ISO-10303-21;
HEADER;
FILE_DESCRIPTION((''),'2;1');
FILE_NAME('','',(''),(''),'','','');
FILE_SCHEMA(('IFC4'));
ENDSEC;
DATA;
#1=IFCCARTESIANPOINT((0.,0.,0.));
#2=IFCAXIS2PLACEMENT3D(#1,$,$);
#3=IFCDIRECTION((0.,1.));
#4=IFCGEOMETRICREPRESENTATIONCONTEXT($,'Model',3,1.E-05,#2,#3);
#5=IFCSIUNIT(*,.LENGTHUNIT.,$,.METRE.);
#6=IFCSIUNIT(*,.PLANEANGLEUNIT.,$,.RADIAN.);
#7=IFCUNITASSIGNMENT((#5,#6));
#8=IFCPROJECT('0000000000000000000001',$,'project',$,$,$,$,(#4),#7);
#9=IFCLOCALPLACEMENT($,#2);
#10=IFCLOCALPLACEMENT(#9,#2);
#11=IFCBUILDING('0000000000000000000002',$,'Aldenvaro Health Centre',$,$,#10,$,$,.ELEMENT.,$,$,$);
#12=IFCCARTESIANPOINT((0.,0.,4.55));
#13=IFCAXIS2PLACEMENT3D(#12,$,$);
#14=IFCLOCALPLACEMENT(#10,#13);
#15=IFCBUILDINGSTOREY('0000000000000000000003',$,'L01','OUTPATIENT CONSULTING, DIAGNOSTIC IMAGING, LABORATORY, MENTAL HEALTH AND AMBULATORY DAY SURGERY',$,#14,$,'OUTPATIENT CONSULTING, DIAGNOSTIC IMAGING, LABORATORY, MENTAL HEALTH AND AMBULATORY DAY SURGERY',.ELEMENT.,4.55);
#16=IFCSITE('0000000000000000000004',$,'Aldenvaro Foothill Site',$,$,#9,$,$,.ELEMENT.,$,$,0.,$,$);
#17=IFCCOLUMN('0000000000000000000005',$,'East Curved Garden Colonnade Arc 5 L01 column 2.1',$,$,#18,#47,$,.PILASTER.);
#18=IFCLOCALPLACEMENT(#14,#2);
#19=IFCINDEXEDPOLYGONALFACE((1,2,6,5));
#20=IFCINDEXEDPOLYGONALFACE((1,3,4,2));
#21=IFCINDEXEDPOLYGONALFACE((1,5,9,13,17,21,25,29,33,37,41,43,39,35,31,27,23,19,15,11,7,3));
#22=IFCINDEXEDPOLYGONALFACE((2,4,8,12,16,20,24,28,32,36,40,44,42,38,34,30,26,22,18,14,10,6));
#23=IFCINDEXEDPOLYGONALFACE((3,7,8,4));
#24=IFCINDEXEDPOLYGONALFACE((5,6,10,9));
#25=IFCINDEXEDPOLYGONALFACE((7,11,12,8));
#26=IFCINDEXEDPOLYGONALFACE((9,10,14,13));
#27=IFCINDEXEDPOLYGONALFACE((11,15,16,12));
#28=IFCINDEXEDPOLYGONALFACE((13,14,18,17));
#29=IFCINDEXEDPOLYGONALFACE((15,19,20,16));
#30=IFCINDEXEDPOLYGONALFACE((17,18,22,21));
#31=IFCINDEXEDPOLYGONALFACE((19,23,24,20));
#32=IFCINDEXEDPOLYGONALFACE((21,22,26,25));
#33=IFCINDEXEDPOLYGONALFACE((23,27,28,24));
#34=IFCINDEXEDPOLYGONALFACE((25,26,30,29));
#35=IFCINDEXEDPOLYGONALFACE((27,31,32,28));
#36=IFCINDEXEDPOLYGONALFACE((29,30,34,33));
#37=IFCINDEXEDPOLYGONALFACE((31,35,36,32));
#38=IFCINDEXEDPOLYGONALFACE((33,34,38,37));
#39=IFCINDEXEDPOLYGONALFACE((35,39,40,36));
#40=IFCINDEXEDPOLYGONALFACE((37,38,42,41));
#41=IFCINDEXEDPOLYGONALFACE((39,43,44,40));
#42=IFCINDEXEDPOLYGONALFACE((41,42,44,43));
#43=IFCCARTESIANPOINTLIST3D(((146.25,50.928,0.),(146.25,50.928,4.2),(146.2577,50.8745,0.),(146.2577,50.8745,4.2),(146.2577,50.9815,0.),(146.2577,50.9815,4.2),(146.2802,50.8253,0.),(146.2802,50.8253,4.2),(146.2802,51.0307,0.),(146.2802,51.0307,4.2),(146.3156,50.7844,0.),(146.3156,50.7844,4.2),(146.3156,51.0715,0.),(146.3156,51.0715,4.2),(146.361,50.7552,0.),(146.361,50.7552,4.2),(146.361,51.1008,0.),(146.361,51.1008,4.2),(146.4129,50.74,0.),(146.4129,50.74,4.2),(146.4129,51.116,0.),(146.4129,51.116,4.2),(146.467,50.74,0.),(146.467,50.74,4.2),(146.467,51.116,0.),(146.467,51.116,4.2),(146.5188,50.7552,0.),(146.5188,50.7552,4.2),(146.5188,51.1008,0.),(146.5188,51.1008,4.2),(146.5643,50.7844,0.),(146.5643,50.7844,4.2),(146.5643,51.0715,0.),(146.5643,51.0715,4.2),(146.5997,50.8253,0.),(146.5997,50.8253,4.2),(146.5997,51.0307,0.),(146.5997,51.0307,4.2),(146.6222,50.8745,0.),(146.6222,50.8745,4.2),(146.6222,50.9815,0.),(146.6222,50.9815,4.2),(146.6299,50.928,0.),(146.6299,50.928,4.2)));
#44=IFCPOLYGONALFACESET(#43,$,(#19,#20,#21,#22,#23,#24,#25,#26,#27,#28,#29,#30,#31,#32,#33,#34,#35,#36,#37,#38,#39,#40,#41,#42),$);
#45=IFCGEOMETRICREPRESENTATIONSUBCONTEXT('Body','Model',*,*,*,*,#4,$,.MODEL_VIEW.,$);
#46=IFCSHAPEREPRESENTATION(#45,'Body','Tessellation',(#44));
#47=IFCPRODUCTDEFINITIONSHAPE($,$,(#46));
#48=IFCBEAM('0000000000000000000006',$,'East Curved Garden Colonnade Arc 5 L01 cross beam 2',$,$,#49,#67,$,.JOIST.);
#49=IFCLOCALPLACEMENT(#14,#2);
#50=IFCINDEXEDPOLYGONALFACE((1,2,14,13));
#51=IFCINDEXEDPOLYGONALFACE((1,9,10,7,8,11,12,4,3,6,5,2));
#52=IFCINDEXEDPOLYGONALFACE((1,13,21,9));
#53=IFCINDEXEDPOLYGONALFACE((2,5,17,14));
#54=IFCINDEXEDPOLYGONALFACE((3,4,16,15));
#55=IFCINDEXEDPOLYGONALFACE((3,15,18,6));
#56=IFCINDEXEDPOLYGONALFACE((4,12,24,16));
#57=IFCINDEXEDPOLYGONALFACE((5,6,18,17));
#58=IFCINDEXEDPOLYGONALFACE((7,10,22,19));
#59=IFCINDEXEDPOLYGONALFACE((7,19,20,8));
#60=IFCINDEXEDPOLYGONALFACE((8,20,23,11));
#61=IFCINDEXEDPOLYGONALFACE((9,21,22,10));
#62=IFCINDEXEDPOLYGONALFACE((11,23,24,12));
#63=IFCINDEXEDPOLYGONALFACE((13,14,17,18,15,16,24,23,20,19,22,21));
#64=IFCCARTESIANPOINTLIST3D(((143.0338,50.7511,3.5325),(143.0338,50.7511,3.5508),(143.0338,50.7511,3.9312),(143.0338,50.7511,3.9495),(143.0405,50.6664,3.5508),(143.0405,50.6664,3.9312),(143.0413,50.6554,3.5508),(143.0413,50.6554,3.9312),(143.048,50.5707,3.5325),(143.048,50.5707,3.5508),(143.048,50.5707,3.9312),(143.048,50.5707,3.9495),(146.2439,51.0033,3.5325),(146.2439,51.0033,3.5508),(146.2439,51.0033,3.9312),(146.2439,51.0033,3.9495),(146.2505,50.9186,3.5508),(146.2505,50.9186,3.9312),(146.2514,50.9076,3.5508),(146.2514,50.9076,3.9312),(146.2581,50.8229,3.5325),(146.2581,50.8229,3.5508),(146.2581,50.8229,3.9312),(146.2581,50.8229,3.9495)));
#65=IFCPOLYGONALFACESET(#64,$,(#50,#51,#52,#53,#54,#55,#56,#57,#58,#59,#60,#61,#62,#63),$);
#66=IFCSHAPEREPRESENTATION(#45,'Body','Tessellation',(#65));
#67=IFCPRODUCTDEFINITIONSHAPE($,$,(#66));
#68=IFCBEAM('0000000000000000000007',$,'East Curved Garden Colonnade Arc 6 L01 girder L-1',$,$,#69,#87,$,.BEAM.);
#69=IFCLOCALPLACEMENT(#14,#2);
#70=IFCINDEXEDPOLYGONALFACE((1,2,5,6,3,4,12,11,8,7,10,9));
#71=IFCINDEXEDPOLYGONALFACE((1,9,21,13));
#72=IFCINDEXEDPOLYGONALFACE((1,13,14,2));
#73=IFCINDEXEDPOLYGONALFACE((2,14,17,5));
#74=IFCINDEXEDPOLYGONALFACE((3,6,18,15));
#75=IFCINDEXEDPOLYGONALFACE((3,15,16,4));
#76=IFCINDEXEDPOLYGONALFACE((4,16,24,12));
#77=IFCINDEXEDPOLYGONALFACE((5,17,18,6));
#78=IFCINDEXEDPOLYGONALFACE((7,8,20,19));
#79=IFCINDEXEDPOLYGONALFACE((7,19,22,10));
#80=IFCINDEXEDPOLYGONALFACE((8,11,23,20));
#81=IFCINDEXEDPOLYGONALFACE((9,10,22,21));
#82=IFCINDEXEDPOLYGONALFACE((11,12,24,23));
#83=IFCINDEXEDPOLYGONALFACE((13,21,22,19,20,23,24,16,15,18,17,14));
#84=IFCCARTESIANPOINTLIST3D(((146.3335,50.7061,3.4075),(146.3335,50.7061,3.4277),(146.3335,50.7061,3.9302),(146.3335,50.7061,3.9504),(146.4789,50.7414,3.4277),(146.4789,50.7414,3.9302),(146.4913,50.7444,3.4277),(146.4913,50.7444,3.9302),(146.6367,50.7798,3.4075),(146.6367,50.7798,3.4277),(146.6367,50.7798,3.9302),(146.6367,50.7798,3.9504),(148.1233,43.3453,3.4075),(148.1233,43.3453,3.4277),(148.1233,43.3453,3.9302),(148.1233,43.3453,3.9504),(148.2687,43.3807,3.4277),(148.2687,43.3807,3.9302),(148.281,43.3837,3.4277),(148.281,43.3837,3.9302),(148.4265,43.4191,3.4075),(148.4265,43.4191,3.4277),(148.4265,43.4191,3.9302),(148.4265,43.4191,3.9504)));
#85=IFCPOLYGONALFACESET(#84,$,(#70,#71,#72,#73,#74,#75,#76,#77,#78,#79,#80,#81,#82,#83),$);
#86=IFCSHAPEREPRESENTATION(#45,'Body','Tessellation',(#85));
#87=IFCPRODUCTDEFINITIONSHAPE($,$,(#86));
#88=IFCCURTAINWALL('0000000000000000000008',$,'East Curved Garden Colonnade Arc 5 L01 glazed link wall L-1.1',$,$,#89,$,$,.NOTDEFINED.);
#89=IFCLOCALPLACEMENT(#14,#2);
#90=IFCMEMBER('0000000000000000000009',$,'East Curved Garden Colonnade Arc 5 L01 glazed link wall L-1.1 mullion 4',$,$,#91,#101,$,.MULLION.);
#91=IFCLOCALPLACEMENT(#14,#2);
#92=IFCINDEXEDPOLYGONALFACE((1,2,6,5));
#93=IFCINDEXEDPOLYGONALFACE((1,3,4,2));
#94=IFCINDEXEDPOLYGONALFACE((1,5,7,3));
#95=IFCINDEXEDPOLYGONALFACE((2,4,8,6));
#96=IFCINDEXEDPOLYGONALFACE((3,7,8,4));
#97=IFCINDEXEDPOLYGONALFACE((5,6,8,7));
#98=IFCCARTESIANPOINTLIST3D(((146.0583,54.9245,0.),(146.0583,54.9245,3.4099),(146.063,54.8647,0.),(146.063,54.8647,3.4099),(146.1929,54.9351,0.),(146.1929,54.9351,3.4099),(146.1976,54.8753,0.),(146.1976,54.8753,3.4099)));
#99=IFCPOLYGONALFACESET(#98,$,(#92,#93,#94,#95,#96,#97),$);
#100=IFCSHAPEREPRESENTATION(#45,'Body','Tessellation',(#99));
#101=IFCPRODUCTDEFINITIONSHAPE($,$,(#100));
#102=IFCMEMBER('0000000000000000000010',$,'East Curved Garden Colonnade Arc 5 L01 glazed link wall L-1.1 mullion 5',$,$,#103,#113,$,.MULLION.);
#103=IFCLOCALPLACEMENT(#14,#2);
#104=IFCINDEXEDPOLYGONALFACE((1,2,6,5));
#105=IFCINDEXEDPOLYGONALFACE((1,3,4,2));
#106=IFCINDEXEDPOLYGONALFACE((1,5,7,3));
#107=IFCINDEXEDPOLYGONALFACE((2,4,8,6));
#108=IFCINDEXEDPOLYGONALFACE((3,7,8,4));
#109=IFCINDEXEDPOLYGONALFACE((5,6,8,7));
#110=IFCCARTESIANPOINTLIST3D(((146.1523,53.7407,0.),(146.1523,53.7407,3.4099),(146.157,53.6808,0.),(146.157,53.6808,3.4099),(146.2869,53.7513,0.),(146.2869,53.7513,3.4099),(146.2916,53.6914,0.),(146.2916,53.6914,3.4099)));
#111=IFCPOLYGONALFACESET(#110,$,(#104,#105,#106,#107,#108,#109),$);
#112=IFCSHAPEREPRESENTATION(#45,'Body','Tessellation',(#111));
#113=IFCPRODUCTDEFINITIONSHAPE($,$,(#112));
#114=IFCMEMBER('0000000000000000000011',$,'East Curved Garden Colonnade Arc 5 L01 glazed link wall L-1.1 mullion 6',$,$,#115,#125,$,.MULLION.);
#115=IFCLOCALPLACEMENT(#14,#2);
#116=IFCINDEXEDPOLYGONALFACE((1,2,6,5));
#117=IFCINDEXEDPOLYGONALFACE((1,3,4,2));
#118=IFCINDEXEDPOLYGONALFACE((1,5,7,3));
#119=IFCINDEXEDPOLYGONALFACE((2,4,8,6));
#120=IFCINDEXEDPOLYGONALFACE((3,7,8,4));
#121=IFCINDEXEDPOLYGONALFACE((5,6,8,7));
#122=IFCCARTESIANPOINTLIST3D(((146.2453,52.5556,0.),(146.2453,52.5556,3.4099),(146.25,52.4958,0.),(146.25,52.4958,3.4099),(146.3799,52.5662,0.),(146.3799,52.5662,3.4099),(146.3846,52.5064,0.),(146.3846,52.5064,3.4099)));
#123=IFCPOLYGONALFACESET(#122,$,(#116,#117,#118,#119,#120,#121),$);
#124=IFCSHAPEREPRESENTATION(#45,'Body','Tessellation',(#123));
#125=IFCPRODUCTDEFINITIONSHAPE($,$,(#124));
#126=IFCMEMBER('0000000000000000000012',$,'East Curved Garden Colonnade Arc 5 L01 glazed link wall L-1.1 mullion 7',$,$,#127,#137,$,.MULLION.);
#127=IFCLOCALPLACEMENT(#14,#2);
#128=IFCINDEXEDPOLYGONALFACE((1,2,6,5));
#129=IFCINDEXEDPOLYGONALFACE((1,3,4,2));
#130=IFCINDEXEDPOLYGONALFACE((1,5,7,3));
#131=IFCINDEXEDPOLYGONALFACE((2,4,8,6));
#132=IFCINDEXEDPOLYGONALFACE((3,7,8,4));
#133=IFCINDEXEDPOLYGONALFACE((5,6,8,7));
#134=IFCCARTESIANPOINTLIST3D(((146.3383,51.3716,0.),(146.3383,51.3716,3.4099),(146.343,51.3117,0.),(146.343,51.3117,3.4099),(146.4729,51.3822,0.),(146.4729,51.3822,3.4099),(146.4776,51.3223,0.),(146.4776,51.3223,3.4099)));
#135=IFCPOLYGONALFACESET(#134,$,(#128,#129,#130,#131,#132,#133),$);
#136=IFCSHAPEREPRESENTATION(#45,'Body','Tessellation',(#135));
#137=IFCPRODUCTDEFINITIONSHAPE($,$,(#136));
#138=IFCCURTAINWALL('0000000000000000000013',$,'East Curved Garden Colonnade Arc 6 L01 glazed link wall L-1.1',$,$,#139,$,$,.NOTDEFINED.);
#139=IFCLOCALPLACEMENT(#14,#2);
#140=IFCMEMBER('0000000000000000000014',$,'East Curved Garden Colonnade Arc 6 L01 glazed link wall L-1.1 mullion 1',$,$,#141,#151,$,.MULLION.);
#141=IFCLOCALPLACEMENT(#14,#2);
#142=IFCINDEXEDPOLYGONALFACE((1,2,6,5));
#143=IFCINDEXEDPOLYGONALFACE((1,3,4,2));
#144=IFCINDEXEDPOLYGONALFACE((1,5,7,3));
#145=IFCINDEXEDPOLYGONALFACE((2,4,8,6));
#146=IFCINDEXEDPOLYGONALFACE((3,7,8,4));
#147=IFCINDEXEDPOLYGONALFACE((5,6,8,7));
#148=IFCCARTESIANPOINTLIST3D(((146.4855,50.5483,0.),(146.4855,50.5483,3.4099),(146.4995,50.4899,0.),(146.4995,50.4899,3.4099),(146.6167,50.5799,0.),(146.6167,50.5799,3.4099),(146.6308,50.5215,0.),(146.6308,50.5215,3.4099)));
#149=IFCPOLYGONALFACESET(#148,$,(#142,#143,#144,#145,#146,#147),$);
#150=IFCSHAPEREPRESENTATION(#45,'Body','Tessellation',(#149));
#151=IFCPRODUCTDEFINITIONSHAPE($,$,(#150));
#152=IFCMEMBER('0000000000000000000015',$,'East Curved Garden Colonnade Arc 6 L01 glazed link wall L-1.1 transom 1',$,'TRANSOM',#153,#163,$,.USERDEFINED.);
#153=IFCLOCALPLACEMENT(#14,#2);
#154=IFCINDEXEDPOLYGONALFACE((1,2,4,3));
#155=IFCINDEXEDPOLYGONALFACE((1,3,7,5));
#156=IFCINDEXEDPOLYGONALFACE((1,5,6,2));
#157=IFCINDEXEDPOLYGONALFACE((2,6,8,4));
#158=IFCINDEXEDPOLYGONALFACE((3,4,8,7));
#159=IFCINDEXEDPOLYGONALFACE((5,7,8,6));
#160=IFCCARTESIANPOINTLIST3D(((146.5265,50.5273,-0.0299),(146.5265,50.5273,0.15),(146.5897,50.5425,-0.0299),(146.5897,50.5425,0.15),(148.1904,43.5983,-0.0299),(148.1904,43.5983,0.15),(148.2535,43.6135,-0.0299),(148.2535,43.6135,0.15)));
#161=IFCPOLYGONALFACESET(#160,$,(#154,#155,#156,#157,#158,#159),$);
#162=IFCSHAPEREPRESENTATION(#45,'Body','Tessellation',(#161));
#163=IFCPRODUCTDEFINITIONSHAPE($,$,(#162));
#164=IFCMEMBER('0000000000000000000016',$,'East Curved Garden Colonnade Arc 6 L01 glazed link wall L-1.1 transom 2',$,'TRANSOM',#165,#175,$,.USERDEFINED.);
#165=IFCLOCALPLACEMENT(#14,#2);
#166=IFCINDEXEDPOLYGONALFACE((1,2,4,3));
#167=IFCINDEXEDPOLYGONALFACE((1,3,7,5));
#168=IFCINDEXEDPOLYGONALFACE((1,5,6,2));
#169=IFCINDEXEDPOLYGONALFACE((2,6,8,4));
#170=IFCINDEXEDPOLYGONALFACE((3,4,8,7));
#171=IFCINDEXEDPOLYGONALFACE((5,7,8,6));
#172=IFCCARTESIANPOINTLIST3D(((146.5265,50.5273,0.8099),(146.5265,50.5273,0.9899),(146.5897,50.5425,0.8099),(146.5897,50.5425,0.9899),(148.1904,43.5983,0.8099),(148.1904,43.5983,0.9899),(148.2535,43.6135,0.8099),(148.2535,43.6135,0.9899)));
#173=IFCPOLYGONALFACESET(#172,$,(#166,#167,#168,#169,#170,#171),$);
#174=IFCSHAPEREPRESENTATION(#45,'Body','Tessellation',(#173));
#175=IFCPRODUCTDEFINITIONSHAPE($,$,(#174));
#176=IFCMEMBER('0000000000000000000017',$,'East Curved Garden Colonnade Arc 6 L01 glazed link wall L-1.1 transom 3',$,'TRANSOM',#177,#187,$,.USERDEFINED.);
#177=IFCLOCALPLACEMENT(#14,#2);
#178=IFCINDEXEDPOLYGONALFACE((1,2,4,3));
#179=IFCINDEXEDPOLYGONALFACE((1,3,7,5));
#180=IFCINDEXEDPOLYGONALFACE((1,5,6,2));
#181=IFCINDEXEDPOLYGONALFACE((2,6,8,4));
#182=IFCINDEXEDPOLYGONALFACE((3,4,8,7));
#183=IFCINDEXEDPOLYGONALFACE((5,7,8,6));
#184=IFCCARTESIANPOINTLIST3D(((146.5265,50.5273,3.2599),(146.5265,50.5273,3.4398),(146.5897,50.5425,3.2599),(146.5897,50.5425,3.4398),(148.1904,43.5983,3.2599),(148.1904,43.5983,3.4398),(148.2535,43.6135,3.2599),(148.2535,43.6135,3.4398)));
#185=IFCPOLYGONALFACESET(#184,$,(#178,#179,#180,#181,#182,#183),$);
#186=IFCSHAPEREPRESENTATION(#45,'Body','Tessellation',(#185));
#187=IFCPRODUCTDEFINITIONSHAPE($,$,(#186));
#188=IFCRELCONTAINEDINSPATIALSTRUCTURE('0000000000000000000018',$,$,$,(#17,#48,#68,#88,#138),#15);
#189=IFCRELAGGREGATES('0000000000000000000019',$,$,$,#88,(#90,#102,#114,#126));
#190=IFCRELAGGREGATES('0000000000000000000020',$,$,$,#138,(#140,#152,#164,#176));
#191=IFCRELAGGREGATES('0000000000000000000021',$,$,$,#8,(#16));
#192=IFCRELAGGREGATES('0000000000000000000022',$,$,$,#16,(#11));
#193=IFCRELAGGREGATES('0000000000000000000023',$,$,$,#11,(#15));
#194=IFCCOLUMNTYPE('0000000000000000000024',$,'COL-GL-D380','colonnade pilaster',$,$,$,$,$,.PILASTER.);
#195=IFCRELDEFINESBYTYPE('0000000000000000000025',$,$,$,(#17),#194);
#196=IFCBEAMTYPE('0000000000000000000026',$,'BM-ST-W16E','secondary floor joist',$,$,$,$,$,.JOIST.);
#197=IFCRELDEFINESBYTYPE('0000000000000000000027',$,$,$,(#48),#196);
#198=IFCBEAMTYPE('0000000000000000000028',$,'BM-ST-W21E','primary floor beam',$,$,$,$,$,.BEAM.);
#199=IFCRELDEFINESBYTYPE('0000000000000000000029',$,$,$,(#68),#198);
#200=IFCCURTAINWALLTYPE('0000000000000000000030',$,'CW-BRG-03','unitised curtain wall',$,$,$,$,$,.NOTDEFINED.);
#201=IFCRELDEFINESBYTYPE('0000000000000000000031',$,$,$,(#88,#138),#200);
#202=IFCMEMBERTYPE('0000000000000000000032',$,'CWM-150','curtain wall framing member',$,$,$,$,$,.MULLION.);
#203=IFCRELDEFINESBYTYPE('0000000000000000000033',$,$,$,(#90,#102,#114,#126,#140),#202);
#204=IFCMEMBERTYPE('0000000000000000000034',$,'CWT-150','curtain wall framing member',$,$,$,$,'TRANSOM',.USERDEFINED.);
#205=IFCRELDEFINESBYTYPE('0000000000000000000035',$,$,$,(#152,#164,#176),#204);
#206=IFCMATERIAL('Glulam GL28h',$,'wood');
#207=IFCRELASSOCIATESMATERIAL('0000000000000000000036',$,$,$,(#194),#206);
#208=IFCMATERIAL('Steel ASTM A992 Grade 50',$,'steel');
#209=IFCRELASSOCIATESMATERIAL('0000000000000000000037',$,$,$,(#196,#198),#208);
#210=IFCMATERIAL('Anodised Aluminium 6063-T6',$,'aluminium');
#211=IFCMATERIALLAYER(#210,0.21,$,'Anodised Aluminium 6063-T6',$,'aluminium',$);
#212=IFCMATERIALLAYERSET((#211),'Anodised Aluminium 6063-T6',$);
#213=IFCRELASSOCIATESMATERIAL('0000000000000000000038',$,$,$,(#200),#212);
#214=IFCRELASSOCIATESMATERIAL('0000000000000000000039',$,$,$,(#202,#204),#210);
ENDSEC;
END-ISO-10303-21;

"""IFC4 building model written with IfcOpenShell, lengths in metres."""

from ifc_helpers import new_model, si_unit, direction, frame, origin, origin_2d, place, context, subcontext, project, spatial, rectangle, circle, i_section, extrude, material, layer, layer_set, material_profile, profile_set, type_object, element, aggregate, save


model = new_model("IFC4")

# Units and contexts
model_context = context("Model", 3, precision=1e-05, world=origin(), true_north=direction((0.0, 1.0)))
body_context = subcontext(model_context, "Body", "Model", "MODEL_VIEW")
ifc_project = project(units=[si_unit("LENGTHUNIT", "METRE"), si_unit("PLANEANGLEUNIT", "RADIAN")], contexts=[model_context])

# Site, building, storey
site_placement = place(None, origin())
site = spatial("IfcSite", under=ifc_project, at=site_placement, Name="Aldenvaro Foothill Site", CompositionType="ELEMENT", RefElevation=0.0)
building_placement = place(site_placement, origin())
building = spatial("IfcBuilding", under=site, at=building_placement, Name="Aldenvaro Health Centre", CompositionType="ELEMENT")
storey_placement = place(building_placement, frame((0.0, 0.0, 4.55)))
storey = spatial("IfcBuildingStorey", under=building, at=storey_placement, Name="L01", Description="OUTPATIENT CONSULTING, DIAGNOSTIC IMAGING, LABORATORY, MENTAL HEALTH AND AMBULATORY DAY SURGERY", LongName="OUTPATIENT CONSULTING, DIAGNOSTIC IMAGING, LABORATORY, MENTAL HEALTH AND AMBULATORY DAY SURGERY", CompositionType="ELEMENT", Elevation=4.55)

# Column
ifc_material_1 = material(Name="Glulam GL28h", Category="wood")
ifc_material_profile_1 = material_profile(ifc_material_1, circle(Radius=0.1899, at=origin_2d()), Name="GL D380", Category="wood")
ifc_profile_set_1 = profile_set([ifc_material_profile_1], Name="Glulam GL28h")
column_type = type_object("IfcColumnType", Name="COL-GL-D380", Description="colonnade pilaster", PredefinedType="PILASTER", material=ifc_profile_set_1)
column_placement = place(storey_placement, frame((146.4399, 50.928, 0.0), z_axis=(0.0, 0.0, 1.0), x_axis=(1.0, 0.0, 0.0)))
element("IfcColumn", 1, at=column_placement, inside=storey, type_object=column_type, Name="East Curved Garden Colonnade Arc 5 L01 column 2.1", PredefinedType="PILASTER", context=body_context, shape_type="SweptSolid", body=[
    extrude(circle(Radius=0.1899, at=origin_2d()), origin(), (0.0, 0.0, 1.0), 4.2),
])

# Beams
ifc_material_2 = material(Name="Steel ASTM A992 Grade 50", Category="steel")
ifc_material_profile_2 = material_profile(ifc_material_2, i_section(OverallWidth=0.1809, OverallDepth=0.417, WebThickness=0.011, FlangeThickness=0.0183, at=origin_2d()), Name="W16X57", Category="steel")
ifc_profile_set_2 = profile_set([ifc_material_profile_2], Name="Steel ASTM A992 Grade 50")
beam_type_1 = type_object("IfcBeamType", Name="BM-ST-W16E", Description="secondary floor joist", PredefinedType="JOIST", material=ifc_profile_set_2)
beam_1_placement = place(storey_placement, frame((146.251, 50.9131, 3.741), z_axis=(-0.996928, -0.078326, 0.0), x_axis=(0.078326, -0.996928, 0.0)))
element("IfcBeam", 2, at=beam_1_placement, inside=storey, type_object=beam_type_1, Name="East Curved Garden Colonnade Arc 5 L01 cross beam 2", PredefinedType="JOIST", context=body_context, shape_type="SweptSolid", body=[
    extrude(i_section(OverallWidth=0.1809, OverallDepth=0.417, WebThickness=0.011, FlangeThickness=0.0183, at=origin_2d()), origin(), (0.0, 0.0, 1.0), 3.22),
])
ifc_material_profile_3 = material_profile(ifc_material_2, i_section(OverallWidth=0.312, OverallDepth=0.543, WebThickness=0.0127, FlangeThickness=0.0203, at=origin_2d()), Name="W21X101", Category="steel")
ifc_profile_set_3 = profile_set([ifc_material_profile_3], Name="Steel ASTM A992 Grade 50")
beam_type_2 = type_object("IfcBeamType", Name="BM-ST-W21E", Description="primary floor beam", PredefinedType="BEAM", material=ifc_profile_set_3)
beam_2_placement = place(storey_placement, frame((146.4851, 50.7429, 3.679), z_axis=(0.236267, -0.971688, 0.0), x_axis=(0.971688, 0.236267, 0.0)))
element("IfcBeam", 3, at=beam_2_placement, inside=storey, type_object=beam_type_2, Name="East Curved Garden Colonnade Arc 6 L01 girder L-1", PredefinedType="BEAM", context=body_context, shape_type="SweptSolid", body=[
    extrude(i_section(OverallWidth=0.312, OverallDepth=0.543, WebThickness=0.0127, FlangeThickness=0.0203, at=origin_2d()), origin(), (0.0, 0.0, 1.0), 7.5752),
])

# Curtain walls, members
ifc_material_3 = material(Name="Anodised Aluminium 6063-T6", Category="aluminium")
ifc_layer_1 = layer(ifc_material_3, 0.21, Name="Anodised Aluminium 6063-T6", Category="aluminium")
ifc_layer_set_1 = layer_set([ifc_layer_1], Name="Anodised Aluminium 6063-T6")
curtain_wall_type = type_object("IfcCurtainWallType", Name="CW-BRG-03", Description="unitised curtain wall", PredefinedType="NOTDEFINED", material=ifc_layer_set_1)
curtain_wall_1_placement = place(storey_placement, origin())
curtain_wall_1 = element("IfcCurtainWall", 4, at=curtain_wall_1_placement, inside=storey, type_object=curtain_wall_type, Name="East Curved Garden Colonnade Arc 5 L01 glazed link wall L-1.1", PredefinedType="NOTDEFINED")
ifc_material_profile_4 = material_profile(ifc_material_3, rectangle(XDim=0.0601, YDim=0.135, at=origin_2d()), Name="ALU 60x135", Category="aluminium")
ifc_profile_set_4 = profile_set([ifc_material_profile_4], Name="Anodised Aluminium 6063-T6")
member_type_1 = type_object("IfcMemberType", Name="CWM-150", Description="curtain wall framing member", PredefinedType="MULLION", material=ifc_profile_set_4)
member_1_placement = place(storey_placement, frame((146.1279, 54.8999, 0.0), z_axis=(0.0, 0.0, 1.0), x_axis=(0.078424, -0.99692, 0.0)))
member_1 = element("IfcMember", 5, at=member_1_placement, type_object=member_type_1, Name="East Curved Garden Colonnade Arc 5 L01 glazed link wall L-1.1 mullion 4", PredefinedType="MULLION", context=body_context, shape_type="SweptSolid", body=[
    extrude(rectangle(XDim=0.0601, YDim=0.135, at=origin_2d()), origin(), (0.0, 0.0, 1.0), 3.4099),
])
member_2_placement = place(storey_placement, frame((146.2219, 53.7161, 0.0), z_axis=(0.0, 0.0, 1.0), x_axis=(0.078424, -0.99692, 0.0)))
member_2 = element("IfcMember", 6, at=member_2_placement, type_object=member_type_1, Name="East Curved Garden Colonnade Arc 5 L01 glazed link wall L-1.1 mullion 5", PredefinedType="MULLION", context=body_context, shape_type="SweptSolid", body=[
    extrude(rectangle(XDim=0.0601, YDim=0.135, at=origin_2d()), origin(), (0.0, 0.0, 1.0), 3.4099),
])
member_3_placement = place(storey_placement, frame((146.3149, 52.531, 0.0), z_axis=(0.0, 0.0, 1.0), x_axis=(0.078424, -0.99692, 0.0)))
member_3 = element("IfcMember", 7, at=member_3_placement, type_object=member_type_1, Name="East Curved Garden Colonnade Arc 5 L01 glazed link wall L-1.1 mullion 6", PredefinedType="MULLION", context=body_context, shape_type="SweptSolid", body=[
    extrude(rectangle(XDim=0.0601, YDim=0.135, at=origin_2d()), origin(), (0.0, 0.0, 1.0), 3.4099),
])
member_4_placement = place(storey_placement, frame((146.408, 51.3469, 0.0), z_axis=(0.0, 0.0, 1.0), x_axis=(0.078424, -0.99692, 0.0)))
member_4 = element("IfcMember", 8, at=member_4_placement, type_object=member_type_1, Name="East Curved Garden Colonnade Arc 5 L01 glazed link wall L-1.1 mullion 7", PredefinedType="MULLION", context=body_context, shape_type="SweptSolid", body=[
    extrude(rectangle(XDim=0.0601, YDim=0.135, at=origin_2d()), origin(), (0.0, 0.0, 1.0), 3.4099),
])
curtain_wall_2_placement = place(storey_placement, origin())
curtain_wall_2 = element("IfcCurtainWall", 9, at=curtain_wall_2_placement, inside=storey, type_object=curtain_wall_type, Name="East Curved Garden Colonnade Arc 6 L01 glazed link wall L-1.1", PredefinedType="NOTDEFINED")
member_5_placement = place(storey_placement, frame((146.5581, 50.5349, 0.0), z_axis=(0.0, 0.0, 1.0), x_axis=(0.233511, -0.972354, 0.0)))
member_5 = element("IfcMember", 10, at=member_5_placement, type_object=member_type_1, Name="East Curved Garden Colonnade Arc 6 L01 glazed link wall L-1.1 mullion 1", PredefinedType="MULLION", context=body_context, shape_type="SweptSolid", body=[
    extrude(rectangle(XDim=0.0601, YDim=0.135, at=origin_2d()), origin(), (0.0, 0.0, 1.0), 3.4099),
])
ifc_material_profile_5 = material_profile(ifc_material_3, rectangle(XDim=0.0649, YDim=0.1799, at=origin_2d()), Name="ALU 65x180", Category="aluminium")
ifc_profile_set_5 = profile_set([ifc_material_profile_5], Name="Anodised Aluminium 6063-T6")
member_type_2 = type_object("IfcMemberType", Name="CWT-150", Description="curtain wall framing member", ElementType="TRANSOM", PredefinedType="USERDEFINED", material=ifc_profile_set_5)
member_6_placement = place(storey_placement, frame((146.5581, 50.5349, 0.0601), z_axis=(0.233488, -0.97236, 0.0), x_axis=(0.97236, 0.233488, 0.0)))
member_6 = element("IfcMember", 11, at=member_6_placement, type_object=member_type_2, Name="East Curved Garden Colonnade Arc 6 L01 glazed link wall L-1.1 transom 1", ObjectType="TRANSOM", PredefinedType="USERDEFINED", context=body_context, shape_type="SweptSolid", body=[
    extrude(rectangle(XDim=0.0649, YDim=0.1799, at=origin_2d()), origin(), (0.0, 0.0, 1.0), 7.126),
])
member_7_placement = place(storey_placement, frame((146.5581, 50.5349, 0.8999), z_axis=(0.233488, -0.97236, 0.0), x_axis=(0.97236, 0.233488, 0.0)))
member_7 = element("IfcMember", 12, at=member_7_placement, type_object=member_type_2, Name="East Curved Garden Colonnade Arc 6 L01 glazed link wall L-1.1 transom 2", ObjectType="TRANSOM", PredefinedType="USERDEFINED", context=body_context, shape_type="SweptSolid", body=[
    extrude(rectangle(XDim=0.0649, YDim=0.1799, at=origin_2d()), origin(), (0.0, 0.0, 1.0), 7.126),
])
member_8_placement = place(storey_placement, frame((146.5581, 50.5349, 3.3499), z_axis=(0.233488, -0.97236, 0.0), x_axis=(0.97236, 0.233488, 0.0)))
member_8 = element("IfcMember", 13, at=member_8_placement, type_object=member_type_2, Name="East Curved Garden Colonnade Arc 6 L01 glazed link wall L-1.1 transom 3", ObjectType="TRANSOM", PredefinedType="USERDEFINED", context=body_context, shape_type="SweptSolid", body=[
    extrude(rectangle(XDim=0.0649, YDim=0.1799, at=origin_2d()), origin(), (0.0, 0.0, 1.0), 7.126),
])

aggregate(curtain_wall_1, [member_1, member_2, member_3, member_4])
aggregate(curtain_wall_2, [member_5, member_6, member_7, member_8])

save(model, "model.ifc")
